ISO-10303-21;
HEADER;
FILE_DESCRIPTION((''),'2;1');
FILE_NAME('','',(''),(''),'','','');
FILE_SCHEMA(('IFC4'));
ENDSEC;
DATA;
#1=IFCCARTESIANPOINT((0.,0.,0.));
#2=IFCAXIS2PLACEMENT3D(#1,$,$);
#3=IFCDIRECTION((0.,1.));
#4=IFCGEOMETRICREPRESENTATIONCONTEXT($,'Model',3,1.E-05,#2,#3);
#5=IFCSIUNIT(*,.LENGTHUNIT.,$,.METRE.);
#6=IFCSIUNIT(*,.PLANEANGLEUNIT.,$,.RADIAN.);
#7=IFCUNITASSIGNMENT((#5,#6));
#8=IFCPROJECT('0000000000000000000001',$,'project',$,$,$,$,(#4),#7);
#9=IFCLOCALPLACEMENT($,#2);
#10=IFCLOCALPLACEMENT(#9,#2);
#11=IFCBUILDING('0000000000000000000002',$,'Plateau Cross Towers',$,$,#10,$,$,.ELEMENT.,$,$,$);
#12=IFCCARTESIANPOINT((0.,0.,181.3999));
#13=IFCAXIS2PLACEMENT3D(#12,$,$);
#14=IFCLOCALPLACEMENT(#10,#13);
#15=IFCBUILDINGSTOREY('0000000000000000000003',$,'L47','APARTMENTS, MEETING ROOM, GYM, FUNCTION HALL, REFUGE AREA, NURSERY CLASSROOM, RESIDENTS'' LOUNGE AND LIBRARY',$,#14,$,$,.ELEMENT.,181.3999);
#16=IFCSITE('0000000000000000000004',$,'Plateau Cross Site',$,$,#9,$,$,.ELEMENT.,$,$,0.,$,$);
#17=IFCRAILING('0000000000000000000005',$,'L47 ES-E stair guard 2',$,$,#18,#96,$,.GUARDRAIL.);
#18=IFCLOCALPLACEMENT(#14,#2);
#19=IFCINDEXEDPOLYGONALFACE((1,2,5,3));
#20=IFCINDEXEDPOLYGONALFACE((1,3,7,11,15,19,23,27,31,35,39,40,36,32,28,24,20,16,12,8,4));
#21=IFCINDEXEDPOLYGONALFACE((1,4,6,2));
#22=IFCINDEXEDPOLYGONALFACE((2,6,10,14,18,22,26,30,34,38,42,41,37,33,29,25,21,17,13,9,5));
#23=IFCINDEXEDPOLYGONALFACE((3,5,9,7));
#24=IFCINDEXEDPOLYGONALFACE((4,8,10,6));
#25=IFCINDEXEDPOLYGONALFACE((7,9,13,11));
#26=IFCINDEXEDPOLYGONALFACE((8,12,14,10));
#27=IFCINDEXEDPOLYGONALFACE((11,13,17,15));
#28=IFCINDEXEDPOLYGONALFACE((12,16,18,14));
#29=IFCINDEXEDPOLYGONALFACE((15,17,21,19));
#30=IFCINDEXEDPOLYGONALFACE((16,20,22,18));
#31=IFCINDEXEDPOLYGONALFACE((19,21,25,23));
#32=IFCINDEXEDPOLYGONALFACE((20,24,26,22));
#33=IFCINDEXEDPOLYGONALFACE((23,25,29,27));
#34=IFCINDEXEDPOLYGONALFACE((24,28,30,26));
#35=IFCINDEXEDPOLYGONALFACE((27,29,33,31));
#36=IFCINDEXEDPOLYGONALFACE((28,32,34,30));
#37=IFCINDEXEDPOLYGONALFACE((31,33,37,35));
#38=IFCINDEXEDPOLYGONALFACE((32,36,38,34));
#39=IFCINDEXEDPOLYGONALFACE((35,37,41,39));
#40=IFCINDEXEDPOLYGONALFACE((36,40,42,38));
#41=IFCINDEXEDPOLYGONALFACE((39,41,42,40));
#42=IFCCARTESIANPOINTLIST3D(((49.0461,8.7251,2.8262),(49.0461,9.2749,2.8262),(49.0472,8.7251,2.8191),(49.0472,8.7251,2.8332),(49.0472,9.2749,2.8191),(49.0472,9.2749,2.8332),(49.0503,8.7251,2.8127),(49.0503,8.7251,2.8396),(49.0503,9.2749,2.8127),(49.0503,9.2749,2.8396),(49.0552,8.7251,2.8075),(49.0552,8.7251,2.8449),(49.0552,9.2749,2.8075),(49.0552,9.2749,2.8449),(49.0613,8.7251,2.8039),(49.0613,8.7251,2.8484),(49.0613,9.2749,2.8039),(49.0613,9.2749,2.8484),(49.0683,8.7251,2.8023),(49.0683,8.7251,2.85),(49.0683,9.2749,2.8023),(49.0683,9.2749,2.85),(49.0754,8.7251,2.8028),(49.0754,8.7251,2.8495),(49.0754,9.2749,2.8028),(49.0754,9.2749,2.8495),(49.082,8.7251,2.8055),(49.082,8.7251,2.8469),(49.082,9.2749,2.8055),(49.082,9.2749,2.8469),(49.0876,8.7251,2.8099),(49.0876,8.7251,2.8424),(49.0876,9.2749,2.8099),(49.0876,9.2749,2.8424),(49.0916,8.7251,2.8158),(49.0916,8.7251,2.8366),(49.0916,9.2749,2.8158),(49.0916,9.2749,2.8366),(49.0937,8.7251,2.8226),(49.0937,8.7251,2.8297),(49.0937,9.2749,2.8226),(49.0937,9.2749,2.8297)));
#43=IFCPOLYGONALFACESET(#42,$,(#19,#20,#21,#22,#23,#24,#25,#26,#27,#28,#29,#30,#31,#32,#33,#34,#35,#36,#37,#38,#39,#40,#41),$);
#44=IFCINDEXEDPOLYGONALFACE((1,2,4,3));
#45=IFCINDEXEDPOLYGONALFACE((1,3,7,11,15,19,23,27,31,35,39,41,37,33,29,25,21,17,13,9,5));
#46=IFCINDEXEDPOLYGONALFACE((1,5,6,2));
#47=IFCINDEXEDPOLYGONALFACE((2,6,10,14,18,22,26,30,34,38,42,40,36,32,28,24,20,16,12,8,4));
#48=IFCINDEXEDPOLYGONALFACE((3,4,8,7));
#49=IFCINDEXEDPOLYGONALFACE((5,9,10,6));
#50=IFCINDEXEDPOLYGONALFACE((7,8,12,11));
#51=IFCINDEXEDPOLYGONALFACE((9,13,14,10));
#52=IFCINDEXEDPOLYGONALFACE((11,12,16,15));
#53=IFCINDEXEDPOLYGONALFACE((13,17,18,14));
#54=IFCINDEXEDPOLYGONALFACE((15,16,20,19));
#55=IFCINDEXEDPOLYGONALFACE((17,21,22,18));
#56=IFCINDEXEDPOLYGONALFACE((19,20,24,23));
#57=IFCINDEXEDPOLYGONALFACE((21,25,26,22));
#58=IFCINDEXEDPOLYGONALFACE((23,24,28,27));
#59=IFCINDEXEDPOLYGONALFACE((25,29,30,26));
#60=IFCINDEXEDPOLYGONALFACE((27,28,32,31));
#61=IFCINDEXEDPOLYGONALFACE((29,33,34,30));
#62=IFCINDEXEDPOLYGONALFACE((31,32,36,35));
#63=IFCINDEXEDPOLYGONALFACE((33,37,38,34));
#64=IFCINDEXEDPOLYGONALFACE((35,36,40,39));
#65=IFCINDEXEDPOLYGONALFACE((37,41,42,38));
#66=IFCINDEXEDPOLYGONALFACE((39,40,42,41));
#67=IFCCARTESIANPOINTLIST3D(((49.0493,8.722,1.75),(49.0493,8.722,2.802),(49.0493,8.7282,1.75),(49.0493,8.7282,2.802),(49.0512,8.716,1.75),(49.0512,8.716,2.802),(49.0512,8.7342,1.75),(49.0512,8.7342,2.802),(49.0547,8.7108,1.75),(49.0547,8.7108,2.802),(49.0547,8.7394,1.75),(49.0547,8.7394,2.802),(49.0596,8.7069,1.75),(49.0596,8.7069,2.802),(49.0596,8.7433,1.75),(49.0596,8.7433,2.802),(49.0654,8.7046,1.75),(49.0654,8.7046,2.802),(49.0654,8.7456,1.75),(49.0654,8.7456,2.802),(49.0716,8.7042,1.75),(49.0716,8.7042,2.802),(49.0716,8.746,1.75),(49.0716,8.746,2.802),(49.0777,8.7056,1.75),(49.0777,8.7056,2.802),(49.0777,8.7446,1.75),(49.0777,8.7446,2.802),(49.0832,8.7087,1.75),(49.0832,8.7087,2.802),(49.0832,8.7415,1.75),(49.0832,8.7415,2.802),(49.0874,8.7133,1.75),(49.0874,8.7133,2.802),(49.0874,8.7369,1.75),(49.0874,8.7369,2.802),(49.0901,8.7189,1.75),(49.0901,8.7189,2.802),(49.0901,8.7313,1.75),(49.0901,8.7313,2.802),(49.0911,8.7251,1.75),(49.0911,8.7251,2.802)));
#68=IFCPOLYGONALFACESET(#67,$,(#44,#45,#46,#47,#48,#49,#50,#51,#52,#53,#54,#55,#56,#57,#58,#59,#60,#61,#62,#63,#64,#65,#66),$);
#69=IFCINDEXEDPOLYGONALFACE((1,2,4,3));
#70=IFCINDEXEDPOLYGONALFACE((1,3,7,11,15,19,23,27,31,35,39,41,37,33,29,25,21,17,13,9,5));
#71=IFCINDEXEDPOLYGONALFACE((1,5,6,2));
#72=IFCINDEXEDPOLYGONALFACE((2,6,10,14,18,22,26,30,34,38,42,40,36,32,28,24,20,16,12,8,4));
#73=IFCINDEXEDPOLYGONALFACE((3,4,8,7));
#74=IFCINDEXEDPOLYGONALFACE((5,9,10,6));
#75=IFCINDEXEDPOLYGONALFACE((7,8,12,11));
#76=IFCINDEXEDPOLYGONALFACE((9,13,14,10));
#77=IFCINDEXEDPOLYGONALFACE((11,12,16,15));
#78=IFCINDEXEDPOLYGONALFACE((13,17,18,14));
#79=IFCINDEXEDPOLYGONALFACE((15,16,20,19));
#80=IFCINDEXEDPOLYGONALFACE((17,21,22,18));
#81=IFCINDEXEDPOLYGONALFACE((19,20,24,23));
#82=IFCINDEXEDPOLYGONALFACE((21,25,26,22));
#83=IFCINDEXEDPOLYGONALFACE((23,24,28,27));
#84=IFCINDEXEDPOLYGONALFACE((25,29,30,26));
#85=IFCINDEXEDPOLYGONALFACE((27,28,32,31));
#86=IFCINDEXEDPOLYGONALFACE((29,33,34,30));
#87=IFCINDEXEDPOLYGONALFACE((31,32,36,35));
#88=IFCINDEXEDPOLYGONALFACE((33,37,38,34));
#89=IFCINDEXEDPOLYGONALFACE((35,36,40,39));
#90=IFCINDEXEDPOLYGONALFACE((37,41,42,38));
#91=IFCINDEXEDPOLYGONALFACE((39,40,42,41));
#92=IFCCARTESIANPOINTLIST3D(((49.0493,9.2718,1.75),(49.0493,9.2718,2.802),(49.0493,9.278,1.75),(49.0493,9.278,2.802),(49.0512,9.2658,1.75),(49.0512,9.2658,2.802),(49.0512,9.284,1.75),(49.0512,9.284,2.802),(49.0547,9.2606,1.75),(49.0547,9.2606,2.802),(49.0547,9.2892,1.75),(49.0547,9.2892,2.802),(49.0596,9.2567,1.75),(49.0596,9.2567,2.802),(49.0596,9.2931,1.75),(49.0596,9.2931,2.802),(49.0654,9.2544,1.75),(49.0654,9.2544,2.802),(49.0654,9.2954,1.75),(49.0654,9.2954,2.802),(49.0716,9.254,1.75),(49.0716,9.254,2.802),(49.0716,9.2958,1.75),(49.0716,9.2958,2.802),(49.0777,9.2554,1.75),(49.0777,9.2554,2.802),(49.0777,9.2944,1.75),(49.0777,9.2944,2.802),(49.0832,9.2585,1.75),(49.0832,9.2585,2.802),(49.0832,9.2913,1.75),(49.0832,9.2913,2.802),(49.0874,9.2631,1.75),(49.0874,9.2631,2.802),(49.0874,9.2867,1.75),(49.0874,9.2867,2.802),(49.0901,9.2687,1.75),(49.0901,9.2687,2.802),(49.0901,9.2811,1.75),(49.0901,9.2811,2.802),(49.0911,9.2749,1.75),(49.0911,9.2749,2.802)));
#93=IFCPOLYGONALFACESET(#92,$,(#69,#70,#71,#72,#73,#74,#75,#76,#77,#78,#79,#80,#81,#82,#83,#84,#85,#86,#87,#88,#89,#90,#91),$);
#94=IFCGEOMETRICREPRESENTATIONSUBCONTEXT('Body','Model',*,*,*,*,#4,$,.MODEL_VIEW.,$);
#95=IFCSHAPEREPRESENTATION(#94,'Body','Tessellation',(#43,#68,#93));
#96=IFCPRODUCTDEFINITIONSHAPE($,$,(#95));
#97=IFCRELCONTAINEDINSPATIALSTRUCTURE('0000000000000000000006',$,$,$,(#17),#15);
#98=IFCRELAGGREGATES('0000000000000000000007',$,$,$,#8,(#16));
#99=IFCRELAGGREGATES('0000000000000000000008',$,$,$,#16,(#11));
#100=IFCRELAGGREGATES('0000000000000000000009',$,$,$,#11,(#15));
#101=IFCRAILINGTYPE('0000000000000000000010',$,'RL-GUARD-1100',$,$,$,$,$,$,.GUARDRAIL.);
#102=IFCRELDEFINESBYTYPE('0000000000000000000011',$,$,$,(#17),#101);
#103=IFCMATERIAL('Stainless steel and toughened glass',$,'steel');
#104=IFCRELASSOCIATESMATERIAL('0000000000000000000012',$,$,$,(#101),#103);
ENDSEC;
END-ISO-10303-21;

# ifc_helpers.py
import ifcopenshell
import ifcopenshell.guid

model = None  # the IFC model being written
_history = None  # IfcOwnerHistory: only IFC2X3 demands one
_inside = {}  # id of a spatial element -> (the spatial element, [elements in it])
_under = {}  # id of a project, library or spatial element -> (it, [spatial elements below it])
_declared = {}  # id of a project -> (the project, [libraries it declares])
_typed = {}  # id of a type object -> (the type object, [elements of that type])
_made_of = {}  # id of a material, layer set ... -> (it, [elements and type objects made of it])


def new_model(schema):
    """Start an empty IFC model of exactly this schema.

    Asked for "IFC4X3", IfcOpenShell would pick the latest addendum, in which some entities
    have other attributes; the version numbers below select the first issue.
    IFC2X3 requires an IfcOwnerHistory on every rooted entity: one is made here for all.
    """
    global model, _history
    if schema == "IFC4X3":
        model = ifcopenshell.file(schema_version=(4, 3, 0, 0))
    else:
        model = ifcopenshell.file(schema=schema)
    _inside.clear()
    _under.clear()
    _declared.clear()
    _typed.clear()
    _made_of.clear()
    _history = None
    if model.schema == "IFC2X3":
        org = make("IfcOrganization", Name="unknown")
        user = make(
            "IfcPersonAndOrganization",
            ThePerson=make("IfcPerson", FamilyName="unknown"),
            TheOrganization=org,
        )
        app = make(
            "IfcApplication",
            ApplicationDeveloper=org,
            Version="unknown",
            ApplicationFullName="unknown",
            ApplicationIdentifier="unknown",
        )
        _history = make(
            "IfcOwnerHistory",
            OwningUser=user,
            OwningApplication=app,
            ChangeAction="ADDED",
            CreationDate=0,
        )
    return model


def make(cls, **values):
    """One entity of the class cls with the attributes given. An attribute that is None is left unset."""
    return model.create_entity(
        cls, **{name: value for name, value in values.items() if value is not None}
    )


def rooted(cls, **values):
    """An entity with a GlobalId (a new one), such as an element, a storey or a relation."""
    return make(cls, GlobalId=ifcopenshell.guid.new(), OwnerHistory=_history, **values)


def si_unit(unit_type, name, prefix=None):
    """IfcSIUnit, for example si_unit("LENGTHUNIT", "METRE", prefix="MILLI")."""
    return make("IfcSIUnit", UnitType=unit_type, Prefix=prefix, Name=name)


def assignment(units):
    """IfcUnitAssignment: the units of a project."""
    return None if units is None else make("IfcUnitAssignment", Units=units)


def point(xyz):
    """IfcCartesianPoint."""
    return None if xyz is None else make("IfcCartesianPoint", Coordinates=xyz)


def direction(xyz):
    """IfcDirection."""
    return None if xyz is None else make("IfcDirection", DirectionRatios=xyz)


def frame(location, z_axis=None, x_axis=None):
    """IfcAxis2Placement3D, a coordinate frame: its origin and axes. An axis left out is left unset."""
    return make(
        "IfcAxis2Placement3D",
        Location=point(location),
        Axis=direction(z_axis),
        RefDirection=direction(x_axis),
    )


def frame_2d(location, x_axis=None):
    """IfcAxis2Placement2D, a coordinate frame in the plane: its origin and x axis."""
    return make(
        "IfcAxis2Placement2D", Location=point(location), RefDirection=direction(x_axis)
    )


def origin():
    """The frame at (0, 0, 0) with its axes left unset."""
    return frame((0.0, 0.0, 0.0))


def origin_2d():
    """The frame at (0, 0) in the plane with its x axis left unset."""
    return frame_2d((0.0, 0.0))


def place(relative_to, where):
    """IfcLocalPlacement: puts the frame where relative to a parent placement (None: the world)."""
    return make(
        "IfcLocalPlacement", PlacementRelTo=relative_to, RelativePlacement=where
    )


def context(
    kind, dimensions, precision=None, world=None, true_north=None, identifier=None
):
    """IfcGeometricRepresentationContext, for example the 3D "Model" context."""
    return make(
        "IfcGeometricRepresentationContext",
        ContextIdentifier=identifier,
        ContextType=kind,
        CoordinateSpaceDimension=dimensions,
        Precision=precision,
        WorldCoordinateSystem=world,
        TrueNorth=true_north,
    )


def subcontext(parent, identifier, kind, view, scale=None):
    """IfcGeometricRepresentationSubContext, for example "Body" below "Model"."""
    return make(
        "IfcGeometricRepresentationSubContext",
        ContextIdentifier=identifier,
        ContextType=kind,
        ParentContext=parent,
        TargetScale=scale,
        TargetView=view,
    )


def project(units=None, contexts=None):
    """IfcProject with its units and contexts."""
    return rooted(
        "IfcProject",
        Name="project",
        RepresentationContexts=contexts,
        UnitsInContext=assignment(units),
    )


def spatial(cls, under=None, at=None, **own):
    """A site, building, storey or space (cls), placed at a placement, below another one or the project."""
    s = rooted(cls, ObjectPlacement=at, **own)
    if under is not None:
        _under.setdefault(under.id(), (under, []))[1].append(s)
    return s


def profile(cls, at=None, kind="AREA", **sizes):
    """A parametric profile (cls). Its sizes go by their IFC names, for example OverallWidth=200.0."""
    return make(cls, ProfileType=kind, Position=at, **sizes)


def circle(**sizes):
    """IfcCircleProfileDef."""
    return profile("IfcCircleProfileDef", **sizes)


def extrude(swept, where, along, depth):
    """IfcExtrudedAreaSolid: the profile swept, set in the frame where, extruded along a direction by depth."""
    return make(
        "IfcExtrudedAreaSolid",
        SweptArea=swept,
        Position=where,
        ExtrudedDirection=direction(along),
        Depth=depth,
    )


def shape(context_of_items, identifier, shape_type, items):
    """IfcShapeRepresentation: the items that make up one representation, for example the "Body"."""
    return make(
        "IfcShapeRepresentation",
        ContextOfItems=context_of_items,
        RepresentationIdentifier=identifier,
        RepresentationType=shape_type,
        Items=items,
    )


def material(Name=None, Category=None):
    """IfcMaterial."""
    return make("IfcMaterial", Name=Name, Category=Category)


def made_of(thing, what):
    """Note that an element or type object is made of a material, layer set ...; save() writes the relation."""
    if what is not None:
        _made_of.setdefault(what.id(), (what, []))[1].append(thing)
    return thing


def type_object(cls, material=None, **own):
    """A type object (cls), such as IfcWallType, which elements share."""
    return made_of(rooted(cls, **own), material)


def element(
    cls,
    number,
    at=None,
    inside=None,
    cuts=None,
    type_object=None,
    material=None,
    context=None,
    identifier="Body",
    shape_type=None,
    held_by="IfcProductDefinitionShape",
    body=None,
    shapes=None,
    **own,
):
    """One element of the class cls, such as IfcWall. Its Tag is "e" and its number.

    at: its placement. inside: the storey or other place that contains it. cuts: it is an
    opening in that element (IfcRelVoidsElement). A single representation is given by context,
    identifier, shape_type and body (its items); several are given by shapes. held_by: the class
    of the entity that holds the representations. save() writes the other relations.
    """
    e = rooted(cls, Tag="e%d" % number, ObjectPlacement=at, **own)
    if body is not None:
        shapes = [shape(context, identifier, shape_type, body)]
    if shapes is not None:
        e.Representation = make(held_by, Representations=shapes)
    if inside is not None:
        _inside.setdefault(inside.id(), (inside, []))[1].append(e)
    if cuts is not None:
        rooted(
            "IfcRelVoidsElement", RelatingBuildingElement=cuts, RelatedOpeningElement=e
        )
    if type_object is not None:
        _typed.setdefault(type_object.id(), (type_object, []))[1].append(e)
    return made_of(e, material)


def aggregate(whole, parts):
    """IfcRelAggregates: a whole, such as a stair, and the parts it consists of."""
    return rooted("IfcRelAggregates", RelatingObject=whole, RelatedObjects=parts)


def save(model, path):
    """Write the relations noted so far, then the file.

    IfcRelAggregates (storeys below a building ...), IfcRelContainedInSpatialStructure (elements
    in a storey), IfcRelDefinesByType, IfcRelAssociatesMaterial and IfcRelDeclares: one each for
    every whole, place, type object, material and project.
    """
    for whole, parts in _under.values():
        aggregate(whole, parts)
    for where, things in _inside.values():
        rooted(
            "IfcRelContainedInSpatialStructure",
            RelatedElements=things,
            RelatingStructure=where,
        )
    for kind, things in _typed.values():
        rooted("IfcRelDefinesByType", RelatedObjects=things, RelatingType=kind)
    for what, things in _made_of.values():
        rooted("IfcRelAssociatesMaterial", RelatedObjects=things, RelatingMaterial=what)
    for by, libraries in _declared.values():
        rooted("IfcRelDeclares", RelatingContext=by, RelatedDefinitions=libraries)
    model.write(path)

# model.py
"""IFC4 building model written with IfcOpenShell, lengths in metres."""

from ifc_helpers import new_model, si_unit, direction, frame, origin, origin_2d, place, context, subcontext, project, spatial, circle, extrude, material, type_object, element, save


model = new_model("IFC4")

# Units and contexts
model_context = context("Model", 3, precision=1e-05, world=origin(), true_north=direction((0.0, 1.0)))
body_context = subcontext(model_context, "Body", "Model", "MODEL_VIEW")
ifc_project = project(units=[si_unit("LENGTHUNIT", "METRE"), si_unit("PLANEANGLEUNIT", "RADIAN")], contexts=[model_context])

# Site, building, storey
site_placement = place(None, origin())
site = spatial("IfcSite", under=ifc_project, at=site_placement, Name="Plateau Cross Site", CompositionType="ELEMENT", RefElevation=0.0)
building_placement = place(site_placement, origin())
building = spatial("IfcBuilding", under=site, at=building_placement, Name="Plateau Cross Towers", CompositionType="ELEMENT")
storey_placement = place(building_placement, frame((0.0, 0.0, 181.3999)))
storey = spatial("IfcBuildingStorey", under=building, at=storey_placement, Name="L47", Description="APARTMENTS, MEETING ROOM, GYM, FUNCTION HALL, REFUGE AREA, NURSERY CLASSROOM, RESIDENTS' LOUNGE AND LIBRARY", CompositionType="ELEMENT", Elevation=181.3999)

# Railing
ifc_material_1 = material(Name="Stainless steel and toughened glass", Category="steel")
railing_type_1 = type_object("IfcRailingType", Name="RL-GUARD-1100", PredefinedType="GUARDRAIL", material=ifc_material_1)
railing_1_placement = place(storey_placement, frame((49.0701, 8.7251, 1.75)))
element("IfcRailing", 1, at=railing_1_placement, inside=storey, type_object=railing_type_1, Name="L47 ES-E stair guard 2", PredefinedType="GUARDRAIL", context=body_context, shape_type="SweptSolid", body=[
    extrude(circle(Radius=0.0239, at=origin_2d()), frame((0.0, 0.0, 1.0762), z_axis=(0.0, 1.0, 0.0), x_axis=(-1.0, 0.0, 0.0)), (0.0, 0.0, 1.0), 0.5498),
    extrude(circle(Radius=0.021, at=origin_2d()), origin(), (0.0, 0.0, 1.0), 1.052),
    extrude(circle(Radius=0.021, at=origin_2d()), frame((0.0, 0.5498, 0.0)), (0.0, 0.0, 1.0), 1.052),
])

save(model, "model.ifc")
